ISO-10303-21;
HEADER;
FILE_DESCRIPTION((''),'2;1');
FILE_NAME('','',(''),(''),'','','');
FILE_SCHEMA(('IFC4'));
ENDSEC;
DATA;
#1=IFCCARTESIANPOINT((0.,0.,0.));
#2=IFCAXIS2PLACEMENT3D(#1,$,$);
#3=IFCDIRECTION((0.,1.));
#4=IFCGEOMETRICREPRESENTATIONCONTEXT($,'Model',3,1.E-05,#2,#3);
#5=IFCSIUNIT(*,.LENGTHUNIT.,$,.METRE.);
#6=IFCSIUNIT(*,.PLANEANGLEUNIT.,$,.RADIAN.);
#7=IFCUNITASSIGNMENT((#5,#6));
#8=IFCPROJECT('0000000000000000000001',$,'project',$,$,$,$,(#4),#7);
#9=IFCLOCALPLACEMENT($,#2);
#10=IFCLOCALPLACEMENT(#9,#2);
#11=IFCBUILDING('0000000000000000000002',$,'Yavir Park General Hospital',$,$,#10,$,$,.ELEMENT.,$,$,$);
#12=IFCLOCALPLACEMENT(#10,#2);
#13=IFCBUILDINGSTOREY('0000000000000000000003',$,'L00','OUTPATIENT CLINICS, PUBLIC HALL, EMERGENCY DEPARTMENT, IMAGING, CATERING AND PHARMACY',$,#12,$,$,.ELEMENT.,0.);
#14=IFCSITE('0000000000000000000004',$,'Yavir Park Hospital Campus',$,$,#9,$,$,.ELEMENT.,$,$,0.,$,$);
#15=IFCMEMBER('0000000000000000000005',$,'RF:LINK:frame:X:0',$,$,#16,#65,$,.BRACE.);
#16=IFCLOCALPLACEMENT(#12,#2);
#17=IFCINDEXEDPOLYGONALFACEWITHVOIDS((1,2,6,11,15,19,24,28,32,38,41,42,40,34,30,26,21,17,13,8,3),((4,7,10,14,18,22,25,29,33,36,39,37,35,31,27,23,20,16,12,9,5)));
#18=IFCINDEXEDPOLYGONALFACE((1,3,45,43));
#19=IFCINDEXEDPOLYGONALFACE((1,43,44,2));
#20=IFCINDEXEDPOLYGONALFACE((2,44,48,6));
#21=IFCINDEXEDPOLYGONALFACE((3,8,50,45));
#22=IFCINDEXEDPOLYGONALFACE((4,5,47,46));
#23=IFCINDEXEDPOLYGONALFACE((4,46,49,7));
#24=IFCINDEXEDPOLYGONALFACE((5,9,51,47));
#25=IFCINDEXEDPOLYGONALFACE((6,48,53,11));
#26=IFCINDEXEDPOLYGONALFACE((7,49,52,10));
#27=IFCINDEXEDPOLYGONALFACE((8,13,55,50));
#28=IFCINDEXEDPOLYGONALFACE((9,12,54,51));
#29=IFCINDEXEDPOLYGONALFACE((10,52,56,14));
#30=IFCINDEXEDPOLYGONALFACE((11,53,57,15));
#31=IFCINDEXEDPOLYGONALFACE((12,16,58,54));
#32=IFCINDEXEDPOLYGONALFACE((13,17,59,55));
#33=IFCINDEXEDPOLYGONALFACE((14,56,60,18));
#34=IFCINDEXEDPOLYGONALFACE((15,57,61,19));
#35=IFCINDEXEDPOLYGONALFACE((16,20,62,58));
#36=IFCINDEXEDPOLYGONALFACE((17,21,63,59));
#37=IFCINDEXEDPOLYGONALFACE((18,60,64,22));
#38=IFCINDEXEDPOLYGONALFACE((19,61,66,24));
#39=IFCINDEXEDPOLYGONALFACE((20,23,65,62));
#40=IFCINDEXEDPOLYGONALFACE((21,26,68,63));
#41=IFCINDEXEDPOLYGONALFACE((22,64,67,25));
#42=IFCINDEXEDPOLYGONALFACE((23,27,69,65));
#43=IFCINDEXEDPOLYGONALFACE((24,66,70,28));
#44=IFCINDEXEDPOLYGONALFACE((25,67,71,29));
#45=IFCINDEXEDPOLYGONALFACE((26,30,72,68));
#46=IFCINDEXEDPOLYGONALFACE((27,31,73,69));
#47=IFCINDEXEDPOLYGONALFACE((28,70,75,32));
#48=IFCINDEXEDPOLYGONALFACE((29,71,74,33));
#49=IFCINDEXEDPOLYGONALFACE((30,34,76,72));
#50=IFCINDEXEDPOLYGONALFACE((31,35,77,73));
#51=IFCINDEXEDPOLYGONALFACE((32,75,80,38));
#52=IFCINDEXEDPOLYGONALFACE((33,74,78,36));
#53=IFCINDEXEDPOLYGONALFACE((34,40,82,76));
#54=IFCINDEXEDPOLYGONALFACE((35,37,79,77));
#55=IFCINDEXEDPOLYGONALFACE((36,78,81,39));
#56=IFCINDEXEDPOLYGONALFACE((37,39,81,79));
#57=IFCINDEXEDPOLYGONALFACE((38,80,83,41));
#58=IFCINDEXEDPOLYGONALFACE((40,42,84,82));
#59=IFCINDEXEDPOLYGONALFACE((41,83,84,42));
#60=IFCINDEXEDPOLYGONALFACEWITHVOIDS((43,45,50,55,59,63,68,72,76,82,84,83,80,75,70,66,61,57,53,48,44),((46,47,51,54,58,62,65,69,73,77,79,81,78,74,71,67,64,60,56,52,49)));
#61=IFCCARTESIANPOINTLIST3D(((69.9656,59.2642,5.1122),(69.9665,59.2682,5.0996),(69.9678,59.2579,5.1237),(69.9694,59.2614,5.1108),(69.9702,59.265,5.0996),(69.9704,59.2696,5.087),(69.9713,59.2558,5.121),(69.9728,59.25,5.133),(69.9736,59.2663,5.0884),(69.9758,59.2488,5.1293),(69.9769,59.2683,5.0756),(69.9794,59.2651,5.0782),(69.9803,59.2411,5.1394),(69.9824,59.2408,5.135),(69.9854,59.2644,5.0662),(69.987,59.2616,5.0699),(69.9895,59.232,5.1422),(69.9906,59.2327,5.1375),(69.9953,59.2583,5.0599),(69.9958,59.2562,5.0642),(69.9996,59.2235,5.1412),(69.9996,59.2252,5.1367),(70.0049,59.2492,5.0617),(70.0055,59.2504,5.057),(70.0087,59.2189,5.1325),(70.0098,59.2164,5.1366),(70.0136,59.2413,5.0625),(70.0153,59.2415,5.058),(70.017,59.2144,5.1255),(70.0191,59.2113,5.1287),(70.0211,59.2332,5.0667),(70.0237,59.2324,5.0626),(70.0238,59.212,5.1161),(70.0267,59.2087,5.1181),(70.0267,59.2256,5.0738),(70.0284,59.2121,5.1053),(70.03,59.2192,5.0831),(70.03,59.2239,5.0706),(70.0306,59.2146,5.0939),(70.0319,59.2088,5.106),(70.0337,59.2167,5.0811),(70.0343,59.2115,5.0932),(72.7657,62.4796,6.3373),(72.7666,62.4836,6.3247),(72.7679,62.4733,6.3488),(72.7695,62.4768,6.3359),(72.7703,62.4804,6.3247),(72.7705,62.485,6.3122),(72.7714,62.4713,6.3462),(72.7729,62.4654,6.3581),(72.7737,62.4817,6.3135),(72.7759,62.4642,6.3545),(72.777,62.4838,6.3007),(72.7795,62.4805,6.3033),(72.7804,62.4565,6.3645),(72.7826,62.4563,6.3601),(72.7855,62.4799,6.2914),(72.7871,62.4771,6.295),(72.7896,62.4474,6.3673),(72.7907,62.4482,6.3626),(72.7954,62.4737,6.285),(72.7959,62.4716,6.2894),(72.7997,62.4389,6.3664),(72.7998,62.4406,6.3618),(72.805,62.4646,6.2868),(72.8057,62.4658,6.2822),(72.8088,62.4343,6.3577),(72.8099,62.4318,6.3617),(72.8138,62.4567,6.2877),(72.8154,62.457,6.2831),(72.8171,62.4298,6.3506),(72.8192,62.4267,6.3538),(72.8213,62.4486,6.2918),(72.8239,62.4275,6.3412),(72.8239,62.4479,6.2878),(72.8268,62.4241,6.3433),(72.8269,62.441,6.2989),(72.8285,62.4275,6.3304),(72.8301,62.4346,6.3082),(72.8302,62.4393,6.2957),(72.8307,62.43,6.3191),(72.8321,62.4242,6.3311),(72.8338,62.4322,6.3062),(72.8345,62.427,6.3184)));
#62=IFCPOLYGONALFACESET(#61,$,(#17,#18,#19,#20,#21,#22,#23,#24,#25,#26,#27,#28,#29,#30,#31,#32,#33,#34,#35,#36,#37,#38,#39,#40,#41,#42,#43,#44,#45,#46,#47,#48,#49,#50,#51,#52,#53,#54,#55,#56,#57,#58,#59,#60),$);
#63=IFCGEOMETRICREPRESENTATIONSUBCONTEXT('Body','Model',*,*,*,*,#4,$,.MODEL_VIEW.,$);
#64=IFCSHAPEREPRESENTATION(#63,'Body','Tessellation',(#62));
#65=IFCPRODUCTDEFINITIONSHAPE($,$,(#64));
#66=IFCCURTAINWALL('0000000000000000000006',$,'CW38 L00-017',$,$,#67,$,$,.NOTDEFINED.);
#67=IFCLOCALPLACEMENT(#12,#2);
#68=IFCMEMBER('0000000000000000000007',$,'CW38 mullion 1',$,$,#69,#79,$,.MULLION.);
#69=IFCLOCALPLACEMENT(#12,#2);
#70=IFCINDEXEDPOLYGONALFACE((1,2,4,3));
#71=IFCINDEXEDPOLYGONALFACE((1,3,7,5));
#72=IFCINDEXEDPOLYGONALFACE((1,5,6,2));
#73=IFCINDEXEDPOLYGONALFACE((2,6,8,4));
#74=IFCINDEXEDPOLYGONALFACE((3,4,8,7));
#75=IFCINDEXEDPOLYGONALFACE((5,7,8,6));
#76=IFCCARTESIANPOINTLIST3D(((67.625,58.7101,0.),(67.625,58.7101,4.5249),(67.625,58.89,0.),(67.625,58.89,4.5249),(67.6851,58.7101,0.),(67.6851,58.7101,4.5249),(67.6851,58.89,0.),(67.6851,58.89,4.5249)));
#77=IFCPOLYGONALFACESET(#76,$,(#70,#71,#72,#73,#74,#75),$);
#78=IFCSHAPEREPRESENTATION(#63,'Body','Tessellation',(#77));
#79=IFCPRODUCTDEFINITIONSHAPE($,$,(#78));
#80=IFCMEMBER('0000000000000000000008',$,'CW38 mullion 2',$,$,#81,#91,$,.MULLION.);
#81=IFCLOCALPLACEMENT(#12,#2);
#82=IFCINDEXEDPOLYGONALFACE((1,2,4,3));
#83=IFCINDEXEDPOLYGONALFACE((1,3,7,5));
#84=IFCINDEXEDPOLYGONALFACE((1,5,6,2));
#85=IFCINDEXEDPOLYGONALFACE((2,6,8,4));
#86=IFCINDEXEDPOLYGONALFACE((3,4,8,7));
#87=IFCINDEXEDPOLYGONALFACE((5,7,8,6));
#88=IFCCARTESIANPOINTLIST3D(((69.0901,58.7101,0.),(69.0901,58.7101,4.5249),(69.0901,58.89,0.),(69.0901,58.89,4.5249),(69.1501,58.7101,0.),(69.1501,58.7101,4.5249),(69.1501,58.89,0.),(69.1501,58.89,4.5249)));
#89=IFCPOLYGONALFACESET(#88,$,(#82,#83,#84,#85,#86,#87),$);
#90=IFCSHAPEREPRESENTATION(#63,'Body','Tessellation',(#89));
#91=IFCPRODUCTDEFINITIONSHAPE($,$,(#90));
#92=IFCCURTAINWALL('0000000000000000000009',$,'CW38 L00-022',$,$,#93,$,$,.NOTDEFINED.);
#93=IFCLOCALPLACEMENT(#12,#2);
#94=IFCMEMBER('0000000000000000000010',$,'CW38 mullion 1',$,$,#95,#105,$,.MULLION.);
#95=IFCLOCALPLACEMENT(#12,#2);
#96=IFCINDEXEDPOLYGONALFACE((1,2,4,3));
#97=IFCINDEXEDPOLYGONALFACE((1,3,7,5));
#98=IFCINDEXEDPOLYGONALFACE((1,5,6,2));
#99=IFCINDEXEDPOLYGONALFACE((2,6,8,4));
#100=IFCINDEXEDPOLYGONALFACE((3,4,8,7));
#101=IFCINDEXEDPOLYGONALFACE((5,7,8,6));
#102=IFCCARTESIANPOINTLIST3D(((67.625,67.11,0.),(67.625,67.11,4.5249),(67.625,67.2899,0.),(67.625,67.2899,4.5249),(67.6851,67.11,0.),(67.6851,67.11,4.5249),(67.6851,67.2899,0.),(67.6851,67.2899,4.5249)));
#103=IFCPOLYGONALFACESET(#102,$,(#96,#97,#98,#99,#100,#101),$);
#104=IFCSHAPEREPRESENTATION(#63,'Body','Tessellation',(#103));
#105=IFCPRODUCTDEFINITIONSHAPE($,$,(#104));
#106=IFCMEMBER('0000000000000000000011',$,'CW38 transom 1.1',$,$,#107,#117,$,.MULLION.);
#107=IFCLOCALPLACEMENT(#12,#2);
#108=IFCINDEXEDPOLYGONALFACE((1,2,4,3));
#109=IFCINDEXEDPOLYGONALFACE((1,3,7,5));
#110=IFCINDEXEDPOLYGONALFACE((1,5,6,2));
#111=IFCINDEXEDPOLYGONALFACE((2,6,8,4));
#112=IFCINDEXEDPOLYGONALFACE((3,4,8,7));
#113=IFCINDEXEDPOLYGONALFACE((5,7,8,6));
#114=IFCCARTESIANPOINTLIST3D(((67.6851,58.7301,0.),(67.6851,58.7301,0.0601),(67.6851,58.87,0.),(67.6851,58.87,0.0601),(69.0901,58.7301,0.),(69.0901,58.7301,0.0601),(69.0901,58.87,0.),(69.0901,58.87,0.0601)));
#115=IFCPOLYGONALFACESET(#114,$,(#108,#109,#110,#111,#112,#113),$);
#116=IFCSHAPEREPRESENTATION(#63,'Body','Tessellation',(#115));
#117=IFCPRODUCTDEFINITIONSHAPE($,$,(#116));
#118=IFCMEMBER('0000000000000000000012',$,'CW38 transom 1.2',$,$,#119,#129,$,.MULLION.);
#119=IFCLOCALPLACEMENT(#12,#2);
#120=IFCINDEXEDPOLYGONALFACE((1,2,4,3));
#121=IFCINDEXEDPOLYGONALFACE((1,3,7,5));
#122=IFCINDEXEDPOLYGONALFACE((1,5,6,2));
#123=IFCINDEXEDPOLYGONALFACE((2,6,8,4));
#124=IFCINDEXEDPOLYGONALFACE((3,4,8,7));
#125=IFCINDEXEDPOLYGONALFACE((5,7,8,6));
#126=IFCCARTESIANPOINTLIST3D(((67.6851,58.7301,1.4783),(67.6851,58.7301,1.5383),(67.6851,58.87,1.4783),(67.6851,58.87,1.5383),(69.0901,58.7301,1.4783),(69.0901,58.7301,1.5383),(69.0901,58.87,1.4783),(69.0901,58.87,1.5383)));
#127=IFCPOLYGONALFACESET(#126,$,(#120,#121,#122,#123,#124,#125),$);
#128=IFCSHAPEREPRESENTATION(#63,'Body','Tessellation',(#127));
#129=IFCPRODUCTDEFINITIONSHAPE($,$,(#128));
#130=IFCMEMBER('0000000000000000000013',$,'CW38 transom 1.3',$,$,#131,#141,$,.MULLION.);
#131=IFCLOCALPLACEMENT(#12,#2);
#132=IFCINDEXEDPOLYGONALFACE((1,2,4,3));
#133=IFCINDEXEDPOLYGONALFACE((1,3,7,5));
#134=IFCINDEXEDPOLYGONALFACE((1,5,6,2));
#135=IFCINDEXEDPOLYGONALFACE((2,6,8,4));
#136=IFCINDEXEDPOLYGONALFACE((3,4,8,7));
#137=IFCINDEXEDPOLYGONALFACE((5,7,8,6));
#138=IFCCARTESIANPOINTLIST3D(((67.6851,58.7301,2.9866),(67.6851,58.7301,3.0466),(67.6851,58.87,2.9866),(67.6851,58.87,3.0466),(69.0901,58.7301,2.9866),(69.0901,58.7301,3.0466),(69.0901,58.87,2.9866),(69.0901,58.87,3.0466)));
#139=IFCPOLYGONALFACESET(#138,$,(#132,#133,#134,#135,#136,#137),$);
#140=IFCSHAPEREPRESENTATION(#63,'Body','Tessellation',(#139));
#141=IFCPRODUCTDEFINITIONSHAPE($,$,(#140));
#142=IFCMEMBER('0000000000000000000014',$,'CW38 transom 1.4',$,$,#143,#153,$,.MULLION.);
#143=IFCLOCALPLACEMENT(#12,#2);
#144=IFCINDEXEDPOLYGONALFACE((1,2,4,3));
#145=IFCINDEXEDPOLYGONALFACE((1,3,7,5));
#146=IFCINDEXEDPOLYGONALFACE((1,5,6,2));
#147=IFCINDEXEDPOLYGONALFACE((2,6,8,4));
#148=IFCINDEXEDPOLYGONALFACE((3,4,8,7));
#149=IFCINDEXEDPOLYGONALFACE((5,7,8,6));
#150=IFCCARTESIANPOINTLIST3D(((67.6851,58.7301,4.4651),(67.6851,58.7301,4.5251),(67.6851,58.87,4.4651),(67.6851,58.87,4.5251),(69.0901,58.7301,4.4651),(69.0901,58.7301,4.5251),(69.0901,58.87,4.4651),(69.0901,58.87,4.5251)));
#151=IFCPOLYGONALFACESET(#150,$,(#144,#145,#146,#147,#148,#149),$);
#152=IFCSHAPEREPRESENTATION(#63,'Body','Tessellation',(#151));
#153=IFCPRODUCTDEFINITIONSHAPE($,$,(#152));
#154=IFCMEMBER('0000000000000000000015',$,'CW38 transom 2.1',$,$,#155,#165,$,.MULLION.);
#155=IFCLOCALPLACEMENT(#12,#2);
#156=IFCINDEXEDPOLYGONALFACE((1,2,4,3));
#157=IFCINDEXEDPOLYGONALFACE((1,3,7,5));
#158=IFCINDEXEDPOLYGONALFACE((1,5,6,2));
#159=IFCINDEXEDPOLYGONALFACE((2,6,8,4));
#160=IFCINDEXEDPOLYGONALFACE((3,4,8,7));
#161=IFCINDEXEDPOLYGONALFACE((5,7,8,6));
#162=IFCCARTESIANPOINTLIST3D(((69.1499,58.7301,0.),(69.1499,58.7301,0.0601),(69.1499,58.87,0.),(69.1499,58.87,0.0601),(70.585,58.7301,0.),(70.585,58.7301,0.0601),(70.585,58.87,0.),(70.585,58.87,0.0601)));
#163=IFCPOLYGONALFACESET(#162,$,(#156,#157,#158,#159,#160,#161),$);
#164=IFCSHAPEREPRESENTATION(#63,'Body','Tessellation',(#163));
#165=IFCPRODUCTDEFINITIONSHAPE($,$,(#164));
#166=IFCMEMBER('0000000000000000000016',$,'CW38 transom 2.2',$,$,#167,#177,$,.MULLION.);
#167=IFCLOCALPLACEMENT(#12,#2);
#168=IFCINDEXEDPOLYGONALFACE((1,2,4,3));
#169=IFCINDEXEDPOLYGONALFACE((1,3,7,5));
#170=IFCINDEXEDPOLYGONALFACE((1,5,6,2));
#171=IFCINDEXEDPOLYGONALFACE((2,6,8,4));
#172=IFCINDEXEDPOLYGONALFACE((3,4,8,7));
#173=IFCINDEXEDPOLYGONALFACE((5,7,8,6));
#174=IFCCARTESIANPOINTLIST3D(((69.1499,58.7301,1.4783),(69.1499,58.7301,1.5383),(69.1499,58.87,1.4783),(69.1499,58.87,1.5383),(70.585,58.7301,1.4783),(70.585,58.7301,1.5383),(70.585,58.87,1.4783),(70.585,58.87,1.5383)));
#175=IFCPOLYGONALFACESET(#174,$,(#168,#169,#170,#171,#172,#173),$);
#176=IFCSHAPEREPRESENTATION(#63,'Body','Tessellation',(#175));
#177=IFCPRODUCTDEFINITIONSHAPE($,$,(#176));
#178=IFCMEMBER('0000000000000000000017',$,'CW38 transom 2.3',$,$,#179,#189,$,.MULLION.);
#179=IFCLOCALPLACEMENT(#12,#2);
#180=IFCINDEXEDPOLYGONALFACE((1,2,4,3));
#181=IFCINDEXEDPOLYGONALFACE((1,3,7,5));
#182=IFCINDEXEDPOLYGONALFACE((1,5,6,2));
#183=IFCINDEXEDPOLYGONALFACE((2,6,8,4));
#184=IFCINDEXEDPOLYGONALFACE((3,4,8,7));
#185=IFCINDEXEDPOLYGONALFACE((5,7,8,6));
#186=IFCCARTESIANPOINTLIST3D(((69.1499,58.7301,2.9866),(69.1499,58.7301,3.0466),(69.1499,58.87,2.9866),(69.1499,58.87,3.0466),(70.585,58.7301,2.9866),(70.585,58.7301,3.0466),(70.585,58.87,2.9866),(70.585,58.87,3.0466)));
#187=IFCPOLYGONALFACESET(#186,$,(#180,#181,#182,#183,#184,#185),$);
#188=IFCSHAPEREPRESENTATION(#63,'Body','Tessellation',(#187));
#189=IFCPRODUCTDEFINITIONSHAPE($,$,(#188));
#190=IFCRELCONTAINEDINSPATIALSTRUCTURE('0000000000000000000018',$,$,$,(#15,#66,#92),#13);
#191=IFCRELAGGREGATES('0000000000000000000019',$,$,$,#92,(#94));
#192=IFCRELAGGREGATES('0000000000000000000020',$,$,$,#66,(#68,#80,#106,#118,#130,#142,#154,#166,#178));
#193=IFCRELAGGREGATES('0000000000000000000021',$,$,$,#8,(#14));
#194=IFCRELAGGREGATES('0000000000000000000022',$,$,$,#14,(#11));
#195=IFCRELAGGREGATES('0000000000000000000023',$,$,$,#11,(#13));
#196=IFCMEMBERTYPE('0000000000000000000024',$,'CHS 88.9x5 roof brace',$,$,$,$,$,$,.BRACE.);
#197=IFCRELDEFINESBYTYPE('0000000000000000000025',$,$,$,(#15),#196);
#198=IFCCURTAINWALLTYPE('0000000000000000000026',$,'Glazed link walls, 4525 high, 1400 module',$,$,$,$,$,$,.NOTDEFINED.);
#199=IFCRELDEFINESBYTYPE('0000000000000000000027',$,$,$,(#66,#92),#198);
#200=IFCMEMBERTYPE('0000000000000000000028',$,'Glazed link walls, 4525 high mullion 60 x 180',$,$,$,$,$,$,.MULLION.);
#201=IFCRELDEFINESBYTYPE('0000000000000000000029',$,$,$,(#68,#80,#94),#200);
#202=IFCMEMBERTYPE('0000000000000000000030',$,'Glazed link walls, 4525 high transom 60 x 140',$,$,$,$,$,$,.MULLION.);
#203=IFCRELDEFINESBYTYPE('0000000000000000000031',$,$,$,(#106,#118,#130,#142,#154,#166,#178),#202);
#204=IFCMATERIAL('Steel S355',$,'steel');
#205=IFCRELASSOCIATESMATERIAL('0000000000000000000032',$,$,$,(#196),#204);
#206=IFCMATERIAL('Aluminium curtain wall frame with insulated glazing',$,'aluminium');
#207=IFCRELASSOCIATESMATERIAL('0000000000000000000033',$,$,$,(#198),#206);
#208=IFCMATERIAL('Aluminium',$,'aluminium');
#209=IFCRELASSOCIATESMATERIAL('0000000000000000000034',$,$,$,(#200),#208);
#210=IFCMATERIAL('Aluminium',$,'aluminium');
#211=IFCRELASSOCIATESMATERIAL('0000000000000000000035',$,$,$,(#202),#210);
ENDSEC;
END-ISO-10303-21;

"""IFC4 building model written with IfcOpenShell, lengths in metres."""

from ifc_helpers import new_model, si_unit, direction, frame, origin, origin_2d, place, context, subcontext, project, spatial, rectangle, hollow_circle, extrude, material, material_profile, profile_set, type_object, element, aggregate, save


model = new_model("IFC4")

# Units and contexts
model_context = context("Model", 3, precision=1e-05, world=origin(), true_north=direction((0.0, 1.0)))
body_context = subcontext(model_context, "Body", "Model", "MODEL_VIEW")
ifc_project = project(units=[si_unit("LENGTHUNIT", "METRE"), si_unit("PLANEANGLEUNIT", "RADIAN")], contexts=[model_context])

# Site, building, storey
site_placement = place(None, origin())
site = spatial("IfcSite", under=ifc_project, at=site_placement, Name="Yavir Park Hospital Campus", CompositionType="ELEMENT", RefElevation=0.0)
building_placement = place(site_placement, origin())
building = spatial("IfcBuilding", under=site, at=building_placement, Name="Yavir Park General Hospital", CompositionType="ELEMENT")
storey_placement = place(building_placement, origin())
storey = spatial("IfcBuildingStorey", under=building, at=storey_placement, Name="L00", Description="OUTPATIENT CLINICS, PUBLIC HALL, EMERGENCY DEPARTMENT, IMAGING, CATERING AND PHARMACY", CompositionType="ELEMENT", Elevation=0.0)

# Member
ifc_material_1 = material(Name="Steel S355", Category="steel")
ifc_material_profile_1 = material_profile(ifc_material_1, hollow_circle(Radius=0.0444, WallThickness=0.0049, at=origin_2d()), Name="CHS88.9x5")
ifc_profile_set_1 = profile_set([ifc_material_profile_1], Name="Steel S355")
member_type_1 = type_object("IfcMemberType", Name="CHS 88.9x5 roof brace", PredefinedType="BRACE", material=ifc_profile_set_1)
member_1_placement = place(storey_placement, frame((70.0, 59.239, 5.0996), z_axis=(0.631188, 0.724801, 0.276162), x_axis=(-0.754128, 0.656727, 0.0)))
element("IfcMember", 1, at=member_1_placement, inside=storey, type_object=member_type_1, Name="RF:LINK:frame:X:0", PredefinedType="BRACE", context=body_context, shape_type="SweptSolid", body=[
    extrude(hollow_circle(Radius=0.0444, WallThickness=0.0049, at=origin_2d()), origin(), (0.0, 0.0, 1.0), 4.4363),
])

# Curtain wall, members
ifc_material_2 = material(Name="Aluminium curtain wall frame with insulated glazing", Category="aluminium")
curtain_wall_type = type_object("IfcCurtainWallType", Name="Glazed link walls, 4525 high, 1400 module", PredefinedType="NOTDEFINED", material=ifc_material_2)
curtain_wall_1_placement = place(storey_placement, origin())
curtain_wall_1 = element("IfcCurtainWall", 2, at=curtain_wall_1_placement, inside=storey, type_object=curtain_wall_type, Name="CW38 L00-017", PredefinedType="NOTDEFINED")
ifc_material_3 = material(Name="Aluminium", Category="aluminium")
ifc_material_profile_2 = material_profile(ifc_material_3, rectangle(XDim=0.1799, YDim=0.0601, at=origin_2d()), Name="AL 60x180")
ifc_profile_set_2 = profile_set([ifc_material_profile_2], Name="Aluminium")
member_type_2 = type_object("IfcMemberType", Name="Glazed link walls, 4525 high mullion 60 x 180", PredefinedType="MULLION", material=ifc_profile_set_2)
member_2_placement = place(storey_placement, frame((67.655, 58.8, 0.0), z_axis=(0.0, 0.0, 1.0), x_axis=(0.0, 1.0, 0.0)))
member_2 = element("IfcMember", 3, at=member_2_placement, type_object=member_type_2, Name="CW38 mullion 1", PredefinedType="MULLION", context=body_context, shape_type="SweptSolid", body=[
    extrude(rectangle(XDim=0.1799, YDim=0.0601, at=origin_2d()), origin(), (0.0, 0.0, 1.0), 4.5249),
])
member_3_placement = place(storey_placement, frame((69.1201, 58.8, 0.0), z_axis=(0.0, 0.0, 1.0), x_axis=(0.0, 1.0, 0.0)))
member_3 = element("IfcMember", 4, at=member_3_placement, type_object=member_type_2, Name="CW38 mullion 2", PredefinedType="MULLION", context=body_context, shape_type="SweptSolid", body=[
    extrude(rectangle(XDim=0.1799, YDim=0.0601, at=origin_2d()), origin(), (0.0, 0.0, 1.0), 4.5249),
])

# Curtain wall, member
curtain_wall_2_placement = place(storey_placement, origin())
curtain_wall_2 = element("IfcCurtainWall", 5, at=curtain_wall_2_placement, inside=storey, type_object=curtain_wall_type, Name="CW38 L00-022", PredefinedType="NOTDEFINED")
member_4_placement = place(storey_placement, frame((67.655, 67.2, 0.0), z_axis=(0.0, 0.0, 1.0), x_axis=(0.0, 1.0, 0.0)))
member_4 = element("IfcMember", 6, at=member_4_placement, type_object=member_type_2, Name="CW38 mullion 1", PredefinedType="MULLION", context=body_context, shape_type="SweptSolid", body=[
    extrude(rectangle(XDim=0.1799, YDim=0.0601, at=origin_2d()), origin(), (0.0, 0.0, 1.0), 4.5249),
])

# Members
ifc_material_4 = material(Name="Aluminium", Category="aluminium")
ifc_material_profile_3 = material_profile(ifc_material_4, rectangle(XDim=0.1399, YDim=0.0601, at=origin_2d()), Name="AL 140x60")
ifc_profile_set_3 = profile_set([ifc_material_profile_3], Name="Aluminium")
member_type_3 = type_object("IfcMemberType", Name="Glazed link walls, 4525 high transom 60 x 140", PredefinedType="MULLION", material=ifc_profile_set_3)
member_5_placement = place(storey_placement, frame((67.6851, 58.8, 0.03), z_axis=(1.0, 0.0, 0.0), x_axis=(0.0, 1.0, 0.0)))
member_5 = element("IfcMember", 7, at=member_5_placement, type_object=member_type_3, Name="CW38 transom 1.1", PredefinedType="MULLION", context=body_context, shape_type="SweptSolid", body=[
    extrude(rectangle(XDim=0.1399, YDim=0.0601, at=origin_2d()), origin(), (0.0, 0.0, 1.0), 1.405),
])
member_6_placement = place(storey_placement, frame((67.6851, 58.8, 1.5083), z_axis=(1.0, 0.0, 0.0), x_axis=(0.0, 1.0, 0.0)))
member_6 = element("IfcMember", 8, at=member_6_placement, type_object=member_type_3, Name="CW38 transom 1.2", PredefinedType="MULLION", context=body_context, shape_type="SweptSolid", body=[
    extrude(rectangle(XDim=0.1399, YDim=0.0601, at=origin_2d()), origin(), (0.0, 0.0, 1.0), 1.405),
])
member_7_placement = place(storey_placement, frame((67.6851, 58.8, 3.0166), z_axis=(1.0, 0.0, 0.0), x_axis=(0.0, 1.0, 0.0)))
member_7 = element("IfcMember", 9, at=member_7_placement, type_object=member_type_3, Name="CW38 transom 1.3", PredefinedType="MULLION", context=body_context, shape_type="SweptSolid", body=[
    extrude(rectangle(XDim=0.1399, YDim=0.0601, at=origin_2d()), origin(), (0.0, 0.0, 1.0), 1.405),
])
member_8_placement = place(storey_placement, frame((67.6851, 58.8, 4.4951), z_axis=(1.0, 0.0, 0.0), x_axis=(0.0, 1.0, 0.0)))
member_8 = element("IfcMember", 10, at=member_8_placement, type_object=member_type_3, Name="CW38 transom 1.4", PredefinedType="MULLION", context=body_context, shape_type="SweptSolid", body=[
    extrude(rectangle(XDim=0.1399, YDim=0.0601, at=origin_2d()), origin(), (0.0, 0.0, 1.0), 1.405),
])
member_9_placement = place(storey_placement, frame((69.1499, 58.8, 0.03), z_axis=(1.0, 0.0, 0.0), x_axis=(0.0, 1.0, 0.0)))
member_9 = element("IfcMember", 11, at=member_9_placement, type_object=member_type_3, Name="CW38 transom 2.1", PredefinedType="MULLION", context=body_context, shape_type="SweptSolid", body=[
    extrude(rectangle(XDim=0.1399, YDim=0.0601, at=origin_2d()), origin(), (0.0, 0.0, 1.0), 1.4351),
])
member_10_placement = place(storey_placement, frame((69.1499, 58.8, 1.5083), z_axis=(1.0, 0.0, 0.0), x_axis=(0.0, 1.0, 0.0)))
member_10 = element("IfcMember", 12, at=member_10_placement, type_object=member_type_3, Name="CW38 transom 2.2", PredefinedType="MULLION", context=body_context, shape_type="SweptSolid", body=[
    extrude(rectangle(XDim=0.1399, YDim=0.0601, at=origin_2d()), origin(), (0.0, 0.0, 1.0), 1.4351),
])
member_11_placement = place(storey_placement, frame((69.1499, 58.8, 3.0166), z_axis=(1.0, 0.0, 0.0), x_axis=(0.0, 1.0, 0.0)))
member_11 = element("IfcMember", 13, at=member_11_placement, type_object=member_type_3, Name="CW38 transom 2.3", PredefinedType="MULLION", context=body_context, shape_type="SweptSolid", body=[
    extrude(rectangle(XDim=0.1399, YDim=0.0601, at=origin_2d()), origin(), (0.0, 0.0, 1.0), 1.4351),
])
aggregate(curtain_wall_2, [member_4])

aggregate(curtain_wall_1, [member_2, member_3, member_5, member_6, member_7, member_8, member_9, member_10, member_11])

save(model, "model.ifc")
